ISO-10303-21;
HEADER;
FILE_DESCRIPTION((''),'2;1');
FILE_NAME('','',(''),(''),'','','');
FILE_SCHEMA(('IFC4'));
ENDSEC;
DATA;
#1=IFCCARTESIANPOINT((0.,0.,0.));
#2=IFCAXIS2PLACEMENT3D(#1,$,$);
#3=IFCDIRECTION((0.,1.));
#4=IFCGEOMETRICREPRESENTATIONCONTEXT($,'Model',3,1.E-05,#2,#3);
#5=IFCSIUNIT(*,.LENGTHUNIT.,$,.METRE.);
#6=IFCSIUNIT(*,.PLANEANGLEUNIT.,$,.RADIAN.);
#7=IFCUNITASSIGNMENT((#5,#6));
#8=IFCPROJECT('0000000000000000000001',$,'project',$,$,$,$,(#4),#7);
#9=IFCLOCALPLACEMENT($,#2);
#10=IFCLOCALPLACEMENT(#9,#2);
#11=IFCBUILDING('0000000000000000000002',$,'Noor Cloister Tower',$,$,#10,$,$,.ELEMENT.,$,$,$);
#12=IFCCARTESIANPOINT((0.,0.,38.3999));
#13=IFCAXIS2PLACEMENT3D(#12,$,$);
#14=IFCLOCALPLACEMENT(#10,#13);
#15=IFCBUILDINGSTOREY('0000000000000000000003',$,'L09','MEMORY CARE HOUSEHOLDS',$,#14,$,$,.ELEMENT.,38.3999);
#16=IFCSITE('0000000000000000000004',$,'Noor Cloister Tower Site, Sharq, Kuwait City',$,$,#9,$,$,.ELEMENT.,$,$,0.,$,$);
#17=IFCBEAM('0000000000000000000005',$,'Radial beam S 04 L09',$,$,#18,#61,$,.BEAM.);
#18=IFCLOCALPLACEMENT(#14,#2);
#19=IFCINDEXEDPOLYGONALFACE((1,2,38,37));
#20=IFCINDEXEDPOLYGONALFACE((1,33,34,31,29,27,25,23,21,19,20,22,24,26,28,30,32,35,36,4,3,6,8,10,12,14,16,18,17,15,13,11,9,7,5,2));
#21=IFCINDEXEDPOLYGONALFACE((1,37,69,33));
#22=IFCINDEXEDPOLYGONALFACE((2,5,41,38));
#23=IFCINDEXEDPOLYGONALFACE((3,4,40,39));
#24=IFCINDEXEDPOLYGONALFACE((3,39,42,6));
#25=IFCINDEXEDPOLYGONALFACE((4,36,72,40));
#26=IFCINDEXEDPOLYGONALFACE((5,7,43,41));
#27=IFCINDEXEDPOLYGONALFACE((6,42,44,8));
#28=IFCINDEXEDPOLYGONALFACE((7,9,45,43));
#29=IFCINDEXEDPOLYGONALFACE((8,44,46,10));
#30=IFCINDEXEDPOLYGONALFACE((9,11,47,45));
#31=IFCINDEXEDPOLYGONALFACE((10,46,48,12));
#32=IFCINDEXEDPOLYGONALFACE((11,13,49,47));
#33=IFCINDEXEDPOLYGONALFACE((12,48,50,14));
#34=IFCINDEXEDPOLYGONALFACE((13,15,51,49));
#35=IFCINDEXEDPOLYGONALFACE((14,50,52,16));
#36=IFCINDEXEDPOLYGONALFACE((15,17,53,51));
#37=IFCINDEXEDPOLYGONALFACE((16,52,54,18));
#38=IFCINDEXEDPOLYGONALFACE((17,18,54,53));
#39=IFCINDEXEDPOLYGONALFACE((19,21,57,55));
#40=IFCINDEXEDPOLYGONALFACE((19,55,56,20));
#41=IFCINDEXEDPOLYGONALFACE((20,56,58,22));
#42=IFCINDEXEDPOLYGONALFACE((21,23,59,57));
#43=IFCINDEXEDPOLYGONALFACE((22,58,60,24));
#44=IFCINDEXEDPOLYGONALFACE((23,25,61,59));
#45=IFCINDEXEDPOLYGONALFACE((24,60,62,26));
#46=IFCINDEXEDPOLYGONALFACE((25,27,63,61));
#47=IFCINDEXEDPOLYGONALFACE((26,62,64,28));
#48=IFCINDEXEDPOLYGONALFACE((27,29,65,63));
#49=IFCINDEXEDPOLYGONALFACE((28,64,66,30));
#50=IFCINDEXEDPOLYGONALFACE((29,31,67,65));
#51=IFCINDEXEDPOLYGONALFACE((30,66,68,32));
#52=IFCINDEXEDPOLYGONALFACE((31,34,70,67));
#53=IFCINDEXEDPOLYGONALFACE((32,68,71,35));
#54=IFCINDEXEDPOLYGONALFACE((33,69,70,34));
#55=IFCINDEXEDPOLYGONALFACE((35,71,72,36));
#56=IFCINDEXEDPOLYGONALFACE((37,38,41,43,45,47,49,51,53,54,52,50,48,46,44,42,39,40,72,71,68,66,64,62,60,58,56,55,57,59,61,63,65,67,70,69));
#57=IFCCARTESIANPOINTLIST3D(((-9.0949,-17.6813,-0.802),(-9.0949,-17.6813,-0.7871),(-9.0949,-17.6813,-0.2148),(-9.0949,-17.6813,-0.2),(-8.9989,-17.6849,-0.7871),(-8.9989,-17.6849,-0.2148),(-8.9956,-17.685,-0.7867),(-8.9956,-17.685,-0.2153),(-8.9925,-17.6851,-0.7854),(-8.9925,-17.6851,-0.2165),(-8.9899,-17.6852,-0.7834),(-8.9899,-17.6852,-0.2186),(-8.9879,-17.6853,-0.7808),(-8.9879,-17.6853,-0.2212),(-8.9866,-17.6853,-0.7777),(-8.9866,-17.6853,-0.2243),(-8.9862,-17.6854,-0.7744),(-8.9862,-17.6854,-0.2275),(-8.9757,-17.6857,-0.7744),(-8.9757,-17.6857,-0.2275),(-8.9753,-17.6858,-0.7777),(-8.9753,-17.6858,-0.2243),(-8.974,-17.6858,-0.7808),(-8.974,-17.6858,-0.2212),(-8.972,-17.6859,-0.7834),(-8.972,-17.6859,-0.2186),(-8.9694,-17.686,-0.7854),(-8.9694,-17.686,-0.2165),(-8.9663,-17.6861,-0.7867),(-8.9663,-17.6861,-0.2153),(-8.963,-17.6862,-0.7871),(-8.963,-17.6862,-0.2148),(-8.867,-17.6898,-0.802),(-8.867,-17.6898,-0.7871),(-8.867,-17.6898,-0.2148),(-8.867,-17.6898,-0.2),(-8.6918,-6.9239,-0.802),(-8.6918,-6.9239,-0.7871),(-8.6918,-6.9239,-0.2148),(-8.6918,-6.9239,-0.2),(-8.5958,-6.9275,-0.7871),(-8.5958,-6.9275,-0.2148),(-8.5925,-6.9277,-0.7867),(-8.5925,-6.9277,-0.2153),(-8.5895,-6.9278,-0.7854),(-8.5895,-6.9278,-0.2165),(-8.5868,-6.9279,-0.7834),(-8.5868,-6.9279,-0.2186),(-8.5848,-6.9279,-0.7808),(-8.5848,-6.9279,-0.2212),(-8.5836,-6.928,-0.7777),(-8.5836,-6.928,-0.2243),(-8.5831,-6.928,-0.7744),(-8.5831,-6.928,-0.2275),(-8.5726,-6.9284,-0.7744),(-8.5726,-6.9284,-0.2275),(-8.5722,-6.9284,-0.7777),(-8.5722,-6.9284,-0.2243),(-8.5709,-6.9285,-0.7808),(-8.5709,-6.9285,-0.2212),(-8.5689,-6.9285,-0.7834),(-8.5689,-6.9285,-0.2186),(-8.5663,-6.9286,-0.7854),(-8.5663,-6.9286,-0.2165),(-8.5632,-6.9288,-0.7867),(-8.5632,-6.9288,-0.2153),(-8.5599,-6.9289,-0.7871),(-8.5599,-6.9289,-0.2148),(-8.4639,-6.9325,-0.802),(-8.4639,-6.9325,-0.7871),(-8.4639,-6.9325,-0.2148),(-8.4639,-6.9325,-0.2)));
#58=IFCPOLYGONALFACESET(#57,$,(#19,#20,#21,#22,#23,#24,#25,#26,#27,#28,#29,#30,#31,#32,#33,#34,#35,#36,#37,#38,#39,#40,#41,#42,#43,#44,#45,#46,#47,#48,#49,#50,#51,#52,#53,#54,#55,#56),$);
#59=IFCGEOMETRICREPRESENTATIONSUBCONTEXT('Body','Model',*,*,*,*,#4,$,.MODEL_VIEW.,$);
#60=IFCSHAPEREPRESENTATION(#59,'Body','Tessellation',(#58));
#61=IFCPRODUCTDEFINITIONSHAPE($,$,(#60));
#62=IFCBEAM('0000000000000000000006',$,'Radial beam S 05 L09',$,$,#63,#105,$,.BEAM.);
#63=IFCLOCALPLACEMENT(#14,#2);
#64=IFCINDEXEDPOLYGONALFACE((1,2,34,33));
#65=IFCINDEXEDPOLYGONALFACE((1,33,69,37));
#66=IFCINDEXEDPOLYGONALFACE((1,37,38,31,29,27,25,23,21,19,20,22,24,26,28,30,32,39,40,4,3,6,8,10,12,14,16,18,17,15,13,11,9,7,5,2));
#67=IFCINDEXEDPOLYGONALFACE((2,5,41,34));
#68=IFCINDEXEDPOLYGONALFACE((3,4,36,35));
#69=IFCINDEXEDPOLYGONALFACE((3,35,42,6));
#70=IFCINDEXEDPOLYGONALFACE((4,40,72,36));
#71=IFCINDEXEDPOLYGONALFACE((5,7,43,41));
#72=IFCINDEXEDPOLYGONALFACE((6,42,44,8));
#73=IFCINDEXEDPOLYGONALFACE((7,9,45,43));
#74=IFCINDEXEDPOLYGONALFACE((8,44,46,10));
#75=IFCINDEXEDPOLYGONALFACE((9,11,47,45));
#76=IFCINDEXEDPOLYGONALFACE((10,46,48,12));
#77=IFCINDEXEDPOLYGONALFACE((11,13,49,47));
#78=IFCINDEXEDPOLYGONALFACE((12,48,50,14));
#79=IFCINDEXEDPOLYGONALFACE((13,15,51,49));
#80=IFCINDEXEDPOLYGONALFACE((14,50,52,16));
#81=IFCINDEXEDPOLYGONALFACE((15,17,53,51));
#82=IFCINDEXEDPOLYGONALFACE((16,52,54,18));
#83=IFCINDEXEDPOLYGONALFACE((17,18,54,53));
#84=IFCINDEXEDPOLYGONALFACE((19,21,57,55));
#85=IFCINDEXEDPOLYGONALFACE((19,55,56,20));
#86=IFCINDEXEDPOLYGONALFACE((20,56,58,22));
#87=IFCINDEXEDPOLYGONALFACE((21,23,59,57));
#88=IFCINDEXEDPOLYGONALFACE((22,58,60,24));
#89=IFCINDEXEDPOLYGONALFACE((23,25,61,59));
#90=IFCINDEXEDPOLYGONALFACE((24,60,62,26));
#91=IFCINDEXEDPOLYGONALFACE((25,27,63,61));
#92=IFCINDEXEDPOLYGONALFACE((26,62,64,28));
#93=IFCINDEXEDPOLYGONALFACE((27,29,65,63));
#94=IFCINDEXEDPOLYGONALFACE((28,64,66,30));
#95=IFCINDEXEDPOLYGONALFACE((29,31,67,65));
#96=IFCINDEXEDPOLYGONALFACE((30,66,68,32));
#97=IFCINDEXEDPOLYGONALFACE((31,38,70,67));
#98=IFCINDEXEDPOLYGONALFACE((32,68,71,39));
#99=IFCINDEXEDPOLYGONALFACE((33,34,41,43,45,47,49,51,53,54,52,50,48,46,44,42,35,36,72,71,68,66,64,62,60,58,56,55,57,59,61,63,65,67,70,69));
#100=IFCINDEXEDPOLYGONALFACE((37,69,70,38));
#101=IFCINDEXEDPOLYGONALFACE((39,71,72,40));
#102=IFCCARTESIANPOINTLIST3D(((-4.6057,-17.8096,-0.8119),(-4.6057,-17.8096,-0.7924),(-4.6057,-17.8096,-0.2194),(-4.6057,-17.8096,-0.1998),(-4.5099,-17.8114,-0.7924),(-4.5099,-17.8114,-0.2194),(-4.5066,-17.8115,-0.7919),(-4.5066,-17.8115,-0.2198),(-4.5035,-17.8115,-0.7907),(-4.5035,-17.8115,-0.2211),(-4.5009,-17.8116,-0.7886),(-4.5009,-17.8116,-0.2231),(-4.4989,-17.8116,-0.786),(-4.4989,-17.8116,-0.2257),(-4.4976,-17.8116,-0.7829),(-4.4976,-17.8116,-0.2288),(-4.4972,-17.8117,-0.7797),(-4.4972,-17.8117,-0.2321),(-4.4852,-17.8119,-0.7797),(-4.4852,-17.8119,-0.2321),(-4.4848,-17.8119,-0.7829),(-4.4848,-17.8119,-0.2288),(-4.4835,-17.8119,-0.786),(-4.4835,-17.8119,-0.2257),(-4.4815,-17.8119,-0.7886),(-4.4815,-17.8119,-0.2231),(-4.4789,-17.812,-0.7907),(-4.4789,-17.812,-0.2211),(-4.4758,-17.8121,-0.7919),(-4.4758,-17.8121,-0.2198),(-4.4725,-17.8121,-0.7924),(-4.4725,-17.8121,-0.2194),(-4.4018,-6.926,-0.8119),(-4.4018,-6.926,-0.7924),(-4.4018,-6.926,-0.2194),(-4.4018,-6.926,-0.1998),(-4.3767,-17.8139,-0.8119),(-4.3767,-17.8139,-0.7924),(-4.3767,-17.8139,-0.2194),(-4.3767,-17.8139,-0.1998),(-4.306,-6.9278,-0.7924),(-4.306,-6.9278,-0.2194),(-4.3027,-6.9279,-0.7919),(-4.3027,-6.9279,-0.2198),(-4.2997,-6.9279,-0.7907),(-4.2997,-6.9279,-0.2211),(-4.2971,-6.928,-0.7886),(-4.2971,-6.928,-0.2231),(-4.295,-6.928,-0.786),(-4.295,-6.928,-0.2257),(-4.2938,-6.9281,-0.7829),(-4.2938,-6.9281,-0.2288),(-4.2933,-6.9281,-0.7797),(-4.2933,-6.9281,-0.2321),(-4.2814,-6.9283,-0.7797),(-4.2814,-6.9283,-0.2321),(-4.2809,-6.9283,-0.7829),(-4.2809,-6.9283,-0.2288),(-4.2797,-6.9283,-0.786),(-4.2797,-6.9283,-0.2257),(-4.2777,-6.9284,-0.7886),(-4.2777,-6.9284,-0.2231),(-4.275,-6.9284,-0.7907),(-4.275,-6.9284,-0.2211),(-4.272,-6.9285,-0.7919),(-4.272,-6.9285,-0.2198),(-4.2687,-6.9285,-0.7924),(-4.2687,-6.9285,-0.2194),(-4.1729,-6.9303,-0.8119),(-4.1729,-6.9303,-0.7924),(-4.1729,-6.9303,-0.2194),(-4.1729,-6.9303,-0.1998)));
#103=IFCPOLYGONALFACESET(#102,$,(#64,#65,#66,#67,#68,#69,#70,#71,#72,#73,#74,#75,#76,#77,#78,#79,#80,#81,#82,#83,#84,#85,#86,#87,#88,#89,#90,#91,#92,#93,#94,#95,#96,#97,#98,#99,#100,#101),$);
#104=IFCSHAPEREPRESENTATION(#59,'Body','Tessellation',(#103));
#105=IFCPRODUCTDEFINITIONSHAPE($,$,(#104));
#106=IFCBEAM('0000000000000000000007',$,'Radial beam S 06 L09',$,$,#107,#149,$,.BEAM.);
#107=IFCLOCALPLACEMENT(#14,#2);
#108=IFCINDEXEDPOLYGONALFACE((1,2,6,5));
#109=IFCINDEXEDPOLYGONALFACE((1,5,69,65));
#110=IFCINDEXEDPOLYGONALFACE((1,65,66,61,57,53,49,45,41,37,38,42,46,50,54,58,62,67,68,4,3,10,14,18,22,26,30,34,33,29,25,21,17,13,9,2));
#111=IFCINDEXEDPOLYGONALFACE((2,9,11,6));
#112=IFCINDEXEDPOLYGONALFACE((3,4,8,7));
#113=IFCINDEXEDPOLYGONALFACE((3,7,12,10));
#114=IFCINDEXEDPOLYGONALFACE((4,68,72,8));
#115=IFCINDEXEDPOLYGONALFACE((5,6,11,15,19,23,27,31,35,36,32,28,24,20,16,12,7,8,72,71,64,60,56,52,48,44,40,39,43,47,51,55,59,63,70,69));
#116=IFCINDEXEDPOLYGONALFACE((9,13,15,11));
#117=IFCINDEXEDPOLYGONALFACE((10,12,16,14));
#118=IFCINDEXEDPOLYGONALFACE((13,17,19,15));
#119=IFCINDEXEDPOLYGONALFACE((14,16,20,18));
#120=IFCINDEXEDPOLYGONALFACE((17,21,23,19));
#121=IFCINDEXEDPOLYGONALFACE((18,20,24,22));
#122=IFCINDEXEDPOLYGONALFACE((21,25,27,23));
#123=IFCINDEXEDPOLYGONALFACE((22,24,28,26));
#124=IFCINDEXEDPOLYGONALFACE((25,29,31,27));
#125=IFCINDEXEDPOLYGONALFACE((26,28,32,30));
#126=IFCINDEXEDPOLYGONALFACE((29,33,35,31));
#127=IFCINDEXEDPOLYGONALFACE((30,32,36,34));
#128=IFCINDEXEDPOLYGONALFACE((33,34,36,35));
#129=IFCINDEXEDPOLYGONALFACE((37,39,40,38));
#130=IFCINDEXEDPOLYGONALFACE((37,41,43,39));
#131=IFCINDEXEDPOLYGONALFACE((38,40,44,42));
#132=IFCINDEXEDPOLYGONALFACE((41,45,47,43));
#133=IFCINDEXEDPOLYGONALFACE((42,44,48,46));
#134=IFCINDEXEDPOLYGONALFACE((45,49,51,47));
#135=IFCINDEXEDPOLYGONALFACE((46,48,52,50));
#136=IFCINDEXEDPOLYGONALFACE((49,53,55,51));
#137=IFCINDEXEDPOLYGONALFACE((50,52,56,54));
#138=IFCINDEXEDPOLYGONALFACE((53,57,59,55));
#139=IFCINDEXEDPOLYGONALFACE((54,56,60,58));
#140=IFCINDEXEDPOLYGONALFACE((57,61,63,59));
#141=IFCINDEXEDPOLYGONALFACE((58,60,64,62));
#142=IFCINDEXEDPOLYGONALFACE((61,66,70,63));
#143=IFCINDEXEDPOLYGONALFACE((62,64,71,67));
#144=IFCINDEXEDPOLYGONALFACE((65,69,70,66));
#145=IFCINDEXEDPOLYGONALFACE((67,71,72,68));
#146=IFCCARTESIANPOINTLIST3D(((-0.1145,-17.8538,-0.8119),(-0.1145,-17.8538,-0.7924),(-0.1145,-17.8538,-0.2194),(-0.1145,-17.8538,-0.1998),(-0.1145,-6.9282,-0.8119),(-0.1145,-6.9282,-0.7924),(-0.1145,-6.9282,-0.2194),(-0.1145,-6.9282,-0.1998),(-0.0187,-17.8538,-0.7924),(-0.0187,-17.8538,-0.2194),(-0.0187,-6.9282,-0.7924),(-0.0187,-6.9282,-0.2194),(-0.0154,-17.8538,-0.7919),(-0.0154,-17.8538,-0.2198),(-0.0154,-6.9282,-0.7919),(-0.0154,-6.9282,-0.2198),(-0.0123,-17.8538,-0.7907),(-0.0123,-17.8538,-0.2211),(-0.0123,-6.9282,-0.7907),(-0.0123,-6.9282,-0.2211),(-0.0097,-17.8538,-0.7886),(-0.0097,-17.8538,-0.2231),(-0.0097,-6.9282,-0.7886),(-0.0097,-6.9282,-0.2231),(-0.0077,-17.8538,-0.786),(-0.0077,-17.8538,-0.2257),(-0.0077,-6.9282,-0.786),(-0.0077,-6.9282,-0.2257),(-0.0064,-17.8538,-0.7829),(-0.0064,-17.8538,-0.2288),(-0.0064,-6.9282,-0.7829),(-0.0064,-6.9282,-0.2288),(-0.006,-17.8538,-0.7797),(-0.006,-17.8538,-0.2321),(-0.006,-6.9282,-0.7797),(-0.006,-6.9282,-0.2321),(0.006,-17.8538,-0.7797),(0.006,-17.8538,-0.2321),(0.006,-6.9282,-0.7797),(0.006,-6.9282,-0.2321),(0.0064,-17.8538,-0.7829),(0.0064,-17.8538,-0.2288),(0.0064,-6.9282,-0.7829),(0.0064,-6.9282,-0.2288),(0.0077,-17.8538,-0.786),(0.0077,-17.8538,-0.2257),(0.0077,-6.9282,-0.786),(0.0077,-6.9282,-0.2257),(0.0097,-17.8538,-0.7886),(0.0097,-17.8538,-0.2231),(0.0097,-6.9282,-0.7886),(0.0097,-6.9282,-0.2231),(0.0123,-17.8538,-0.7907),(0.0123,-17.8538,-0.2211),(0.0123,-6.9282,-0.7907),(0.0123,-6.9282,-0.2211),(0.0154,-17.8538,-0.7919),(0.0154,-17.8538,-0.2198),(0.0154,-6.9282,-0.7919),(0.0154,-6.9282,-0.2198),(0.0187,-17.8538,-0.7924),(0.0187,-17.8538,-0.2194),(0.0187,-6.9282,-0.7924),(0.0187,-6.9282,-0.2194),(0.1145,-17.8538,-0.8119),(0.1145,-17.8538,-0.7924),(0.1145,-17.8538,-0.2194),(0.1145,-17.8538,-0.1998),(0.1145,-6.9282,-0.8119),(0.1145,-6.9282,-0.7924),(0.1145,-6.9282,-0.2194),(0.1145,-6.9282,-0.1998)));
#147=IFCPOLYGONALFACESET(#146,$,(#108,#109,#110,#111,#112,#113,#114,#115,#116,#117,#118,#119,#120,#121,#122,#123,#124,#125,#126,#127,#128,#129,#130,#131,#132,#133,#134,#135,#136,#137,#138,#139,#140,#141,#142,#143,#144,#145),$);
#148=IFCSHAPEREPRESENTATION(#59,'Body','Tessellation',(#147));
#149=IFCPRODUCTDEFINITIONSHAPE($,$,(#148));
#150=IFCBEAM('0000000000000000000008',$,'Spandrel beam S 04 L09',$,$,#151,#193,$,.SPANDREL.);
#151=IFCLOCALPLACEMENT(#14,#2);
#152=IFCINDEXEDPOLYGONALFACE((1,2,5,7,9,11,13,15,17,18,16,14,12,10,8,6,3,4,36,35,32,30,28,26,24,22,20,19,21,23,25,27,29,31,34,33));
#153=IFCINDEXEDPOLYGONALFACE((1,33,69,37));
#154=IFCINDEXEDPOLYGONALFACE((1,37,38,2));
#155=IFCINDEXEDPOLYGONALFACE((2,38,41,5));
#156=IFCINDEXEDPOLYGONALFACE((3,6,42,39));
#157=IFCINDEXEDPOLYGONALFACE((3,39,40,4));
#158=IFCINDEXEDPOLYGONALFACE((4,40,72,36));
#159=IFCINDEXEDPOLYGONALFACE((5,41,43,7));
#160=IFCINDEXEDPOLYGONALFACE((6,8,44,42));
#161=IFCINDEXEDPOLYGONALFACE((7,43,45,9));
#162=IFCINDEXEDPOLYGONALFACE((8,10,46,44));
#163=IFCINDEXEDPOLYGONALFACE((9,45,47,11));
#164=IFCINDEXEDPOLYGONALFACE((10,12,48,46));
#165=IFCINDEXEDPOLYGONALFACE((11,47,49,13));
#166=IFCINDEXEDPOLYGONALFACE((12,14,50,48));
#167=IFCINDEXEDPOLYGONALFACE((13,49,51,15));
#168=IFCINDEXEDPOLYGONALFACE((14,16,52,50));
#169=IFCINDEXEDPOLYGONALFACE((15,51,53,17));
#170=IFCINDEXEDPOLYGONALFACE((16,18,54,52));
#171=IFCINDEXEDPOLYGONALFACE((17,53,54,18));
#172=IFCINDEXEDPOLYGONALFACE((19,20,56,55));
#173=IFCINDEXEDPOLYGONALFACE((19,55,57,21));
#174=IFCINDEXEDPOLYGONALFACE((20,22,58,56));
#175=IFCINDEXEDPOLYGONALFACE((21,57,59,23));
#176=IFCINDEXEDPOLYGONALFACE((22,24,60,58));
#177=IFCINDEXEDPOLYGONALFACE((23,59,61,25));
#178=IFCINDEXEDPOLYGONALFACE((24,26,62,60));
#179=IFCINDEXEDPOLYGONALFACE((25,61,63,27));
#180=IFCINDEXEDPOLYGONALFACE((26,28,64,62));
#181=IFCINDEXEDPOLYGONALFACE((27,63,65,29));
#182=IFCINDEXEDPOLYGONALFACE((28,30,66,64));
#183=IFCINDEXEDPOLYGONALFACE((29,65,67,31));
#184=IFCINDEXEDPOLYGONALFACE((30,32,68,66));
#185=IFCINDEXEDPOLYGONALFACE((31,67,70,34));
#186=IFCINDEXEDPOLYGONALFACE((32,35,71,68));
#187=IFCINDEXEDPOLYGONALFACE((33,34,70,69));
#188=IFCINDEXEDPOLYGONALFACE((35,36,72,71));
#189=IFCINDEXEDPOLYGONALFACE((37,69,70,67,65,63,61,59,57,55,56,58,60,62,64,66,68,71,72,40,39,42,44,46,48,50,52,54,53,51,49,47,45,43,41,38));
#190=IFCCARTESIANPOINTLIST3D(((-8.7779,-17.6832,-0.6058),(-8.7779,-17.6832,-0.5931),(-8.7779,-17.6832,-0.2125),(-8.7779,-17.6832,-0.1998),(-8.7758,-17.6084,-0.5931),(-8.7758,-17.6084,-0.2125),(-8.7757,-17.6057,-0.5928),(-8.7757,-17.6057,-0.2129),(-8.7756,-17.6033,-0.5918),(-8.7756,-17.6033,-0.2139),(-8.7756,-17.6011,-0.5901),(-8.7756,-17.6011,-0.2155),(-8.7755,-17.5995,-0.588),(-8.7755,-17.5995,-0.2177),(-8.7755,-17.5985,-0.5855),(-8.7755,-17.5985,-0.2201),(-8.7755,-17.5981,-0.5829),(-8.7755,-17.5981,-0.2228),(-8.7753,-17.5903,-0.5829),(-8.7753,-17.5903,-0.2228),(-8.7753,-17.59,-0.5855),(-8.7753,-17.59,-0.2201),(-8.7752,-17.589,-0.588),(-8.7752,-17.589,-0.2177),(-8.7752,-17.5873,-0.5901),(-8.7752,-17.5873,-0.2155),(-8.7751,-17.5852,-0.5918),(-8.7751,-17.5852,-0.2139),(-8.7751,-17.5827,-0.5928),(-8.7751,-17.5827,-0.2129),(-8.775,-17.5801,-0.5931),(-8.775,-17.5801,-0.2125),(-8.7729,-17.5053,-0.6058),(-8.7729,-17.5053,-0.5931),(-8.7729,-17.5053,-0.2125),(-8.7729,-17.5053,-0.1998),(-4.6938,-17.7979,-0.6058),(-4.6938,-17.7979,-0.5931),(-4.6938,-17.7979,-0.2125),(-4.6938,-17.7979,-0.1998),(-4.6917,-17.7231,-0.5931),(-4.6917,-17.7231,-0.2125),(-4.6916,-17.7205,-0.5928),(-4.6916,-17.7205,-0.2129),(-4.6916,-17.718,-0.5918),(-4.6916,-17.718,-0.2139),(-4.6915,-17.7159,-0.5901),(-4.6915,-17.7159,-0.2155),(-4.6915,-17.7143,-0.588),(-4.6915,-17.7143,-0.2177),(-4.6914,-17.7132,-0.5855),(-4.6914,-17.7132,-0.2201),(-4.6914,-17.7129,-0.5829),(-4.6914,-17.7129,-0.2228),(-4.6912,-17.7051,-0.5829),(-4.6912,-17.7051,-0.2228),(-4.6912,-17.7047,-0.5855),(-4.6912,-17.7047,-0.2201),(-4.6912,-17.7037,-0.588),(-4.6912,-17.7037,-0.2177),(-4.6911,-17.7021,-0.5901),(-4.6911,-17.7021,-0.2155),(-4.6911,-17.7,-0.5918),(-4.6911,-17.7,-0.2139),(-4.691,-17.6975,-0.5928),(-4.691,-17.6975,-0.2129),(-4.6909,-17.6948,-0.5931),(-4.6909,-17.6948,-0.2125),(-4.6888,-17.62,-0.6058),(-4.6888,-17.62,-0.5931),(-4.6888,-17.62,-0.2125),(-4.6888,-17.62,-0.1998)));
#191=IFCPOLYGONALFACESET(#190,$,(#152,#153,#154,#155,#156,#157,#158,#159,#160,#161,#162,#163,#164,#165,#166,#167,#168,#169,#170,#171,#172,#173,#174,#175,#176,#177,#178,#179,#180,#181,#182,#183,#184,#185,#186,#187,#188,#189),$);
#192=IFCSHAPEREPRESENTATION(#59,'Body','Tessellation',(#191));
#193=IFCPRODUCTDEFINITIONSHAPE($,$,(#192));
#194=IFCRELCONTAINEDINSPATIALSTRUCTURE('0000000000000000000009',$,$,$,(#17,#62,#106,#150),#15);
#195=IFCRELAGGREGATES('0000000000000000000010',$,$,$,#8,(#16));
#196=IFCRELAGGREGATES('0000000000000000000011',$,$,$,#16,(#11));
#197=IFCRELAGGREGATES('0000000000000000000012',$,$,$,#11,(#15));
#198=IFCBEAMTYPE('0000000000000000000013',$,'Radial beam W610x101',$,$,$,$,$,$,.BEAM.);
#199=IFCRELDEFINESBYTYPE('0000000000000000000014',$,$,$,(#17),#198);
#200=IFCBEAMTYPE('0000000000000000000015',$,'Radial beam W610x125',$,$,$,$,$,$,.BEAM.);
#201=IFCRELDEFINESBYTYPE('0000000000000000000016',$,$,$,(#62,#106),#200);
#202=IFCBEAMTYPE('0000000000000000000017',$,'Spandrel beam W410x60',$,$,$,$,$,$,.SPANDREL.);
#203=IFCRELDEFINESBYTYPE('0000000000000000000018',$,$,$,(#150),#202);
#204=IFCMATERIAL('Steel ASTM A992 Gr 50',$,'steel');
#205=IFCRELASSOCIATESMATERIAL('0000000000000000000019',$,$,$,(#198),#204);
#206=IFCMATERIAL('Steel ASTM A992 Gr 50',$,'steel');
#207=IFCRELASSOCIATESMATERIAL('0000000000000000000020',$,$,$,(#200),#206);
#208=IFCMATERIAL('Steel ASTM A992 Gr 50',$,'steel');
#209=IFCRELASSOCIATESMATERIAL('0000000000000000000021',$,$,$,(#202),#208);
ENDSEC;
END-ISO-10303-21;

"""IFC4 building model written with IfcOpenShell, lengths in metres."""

from ifc_helpers import new_model, si_unit, direction, frame, origin, origin_2d, place, context, subcontext, project, spatial, i_section, extrude, material, material_profile, profile_set, type_object, element, save


model = new_model("IFC4")

# Units and contexts
model_context = context("Model", 3, precision=1e-05, world=origin(), true_north=direction((0.0, 1.0)))
body_context = subcontext(model_context, "Body", "Model", "MODEL_VIEW")
ifc_project = project(units=[si_unit("LENGTHUNIT", "METRE"), si_unit("PLANEANGLEUNIT", "RADIAN")], contexts=[model_context])

# Site, building, storey
site_placement = place(None, origin())
site = spatial("IfcSite", under=ifc_project, at=site_placement, Name="Noor Cloister Tower Site, Sharq, Kuwait City", CompositionType="ELEMENT", RefElevation=0.0)
building_placement = place(site_placement, origin())
building = spatial("IfcBuilding", under=site, at=building_placement, Name="Noor Cloister Tower", CompositionType="ELEMENT")
storey_placement = place(building_placement, frame((0.0, 0.0, 38.3999)))
storey = spatial("IfcBuildingStorey", under=building, at=storey_placement, Name="L09", Description="MEMORY CARE HOUSEHOLDS", CompositionType="ELEMENT", Elevation=38.3999)

# Beams
ifc_material_1 = material(Name="Steel ASTM A992 Gr 50", Category="steel")
ifc_material_profile_1 = material_profile(ifc_material_1, i_section(OverallWidth=0.228, OverallDepth=0.6021, WebThickness=0.0105, FlangeThickness=0.0149, FilletRadius=0.0127, at=origin_2d()), Name="W610x101")
ifc_profile_set_1 = profile_set([ifc_material_profile_1], Name="Steel ASTM A992 Gr 50")
beam_type_1 = type_object("IfcBeamType", Name="Radial beam W610x101", PredefinedType="BEAM", material=ifc_profile_set_1)
beam_1_placement = place(storey_placement, frame((-8.981, -17.6855, -0.501), z_axis=(0.037444, 0.999299, 0.0), x_axis=(-0.999299, 0.037444, 0.0)))
element("IfcBeam", 1, at=beam_1_placement, inside=storey, type_object=beam_type_1, Name="Radial beam S 04 L09", PredefinedType="BEAM", context=body_context, shape_type="SweptSolid", body=[
    extrude(i_section(OverallWidth=0.228, OverallDepth=0.6021, WebThickness=0.0105, FlangeThickness=0.0149, FilletRadius=0.0127, at=origin_2d()), origin(), (0.0, 0.0, 1.0), 10.7649),
])
ifc_material_2 = material(Name="Steel ASTM A992 Gr 50", Category="steel")
ifc_material_profile_2 = material_profile(ifc_material_2, i_section(OverallWidth=0.229, OverallDepth=0.6121, WebThickness=0.012, FlangeThickness=0.0195, FilletRadius=0.0127, at=origin_2d()), Name="W610x125")
ifc_profile_set_2 = profile_set([ifc_material_profile_2], Name="Steel ASTM A992 Gr 50")
beam_type_2 = type_object("IfcBeamType", Name="Radial beam W610x125", PredefinedType="BEAM", material=ifc_profile_set_2)
beam_2_placement = place(storey_placement, frame((-4.4912, -17.8118, -0.5059), z_axis=(0.018728, 0.999825, 0.0), x_axis=(-0.999825, 0.018728, 0.0)))
element("IfcBeam", 2, at=beam_2_placement, inside=storey, type_object=beam_type_2, Name="Radial beam S 05 L09", PredefinedType="BEAM", context=body_context, shape_type="SweptSolid", body=[
    extrude(i_section(OverallWidth=0.229, OverallDepth=0.6121, WebThickness=0.012, FlangeThickness=0.0195, FilletRadius=0.0127, at=origin_2d()), origin(), (0.0, 0.0, 1.0), 10.8855),
])
beam_3_placement = place(storey_placement, frame((0.0, -17.8538, -0.5059), z_axis=(0.0, 1.0, 0.0), x_axis=(-1.0, 0.0, 0.0)))
element("IfcBeam", 3, at=beam_3_placement, inside=storey, type_object=beam_type_2, Name="Radial beam S 06 L09", PredefinedType="BEAM", context=body_context, shape_type="SweptSolid", body=[
    extrude(i_section(OverallWidth=0.229, OverallDepth=0.6121, WebThickness=0.012, FlangeThickness=0.0195, FilletRadius=0.0127, at=origin_2d()), origin(), (0.0, 0.0, 1.0), 10.9255),
])
ifc_material_3 = material(Name="Steel ASTM A992 Gr 50", Category="steel")
ifc_material_profile_3 = material_profile(ifc_material_3, i_section(OverallWidth=0.178, OverallDepth=0.406, WebThickness=0.0078, FlangeThickness=0.0127, FilletRadius=0.0103, at=origin_2d()), Name="W410x60")
ifc_profile_set_3 = profile_set([ifc_material_profile_3], Name="Steel ASTM A992 Gr 50")
beam_type_3 = type_object("IfcBeamType", Name="Spandrel beam W410x60", PredefinedType="SPANDREL", material=ifc_profile_set_3)
for number, where, z_axis, x_axis, name in (
    (4, (-8.7754, -17.5942, -0.4028), (0.999606, -0.028086, 0.0), (0.028086, 0.999606, 0.0), "Spandrel beam S 04 L09"),
):
    element("IfcBeam", number, at=place(storey_placement, frame(where, z_axis=z_axis, x_axis=x_axis)), inside=storey, type_object=beam_type_3, Name=name, PredefinedType="SPANDREL", context=body_context, shape_type="SweptSolid", body=[
        extrude(i_section(OverallWidth=0.178, OverallDepth=0.406, WebThickness=0.0078, FlangeThickness=0.0127, FilletRadius=0.0103, at=origin_2d()), origin(), (0.0, 0.0, 1.0), 4.0857),
    ])

save(model, "model.ifc")
